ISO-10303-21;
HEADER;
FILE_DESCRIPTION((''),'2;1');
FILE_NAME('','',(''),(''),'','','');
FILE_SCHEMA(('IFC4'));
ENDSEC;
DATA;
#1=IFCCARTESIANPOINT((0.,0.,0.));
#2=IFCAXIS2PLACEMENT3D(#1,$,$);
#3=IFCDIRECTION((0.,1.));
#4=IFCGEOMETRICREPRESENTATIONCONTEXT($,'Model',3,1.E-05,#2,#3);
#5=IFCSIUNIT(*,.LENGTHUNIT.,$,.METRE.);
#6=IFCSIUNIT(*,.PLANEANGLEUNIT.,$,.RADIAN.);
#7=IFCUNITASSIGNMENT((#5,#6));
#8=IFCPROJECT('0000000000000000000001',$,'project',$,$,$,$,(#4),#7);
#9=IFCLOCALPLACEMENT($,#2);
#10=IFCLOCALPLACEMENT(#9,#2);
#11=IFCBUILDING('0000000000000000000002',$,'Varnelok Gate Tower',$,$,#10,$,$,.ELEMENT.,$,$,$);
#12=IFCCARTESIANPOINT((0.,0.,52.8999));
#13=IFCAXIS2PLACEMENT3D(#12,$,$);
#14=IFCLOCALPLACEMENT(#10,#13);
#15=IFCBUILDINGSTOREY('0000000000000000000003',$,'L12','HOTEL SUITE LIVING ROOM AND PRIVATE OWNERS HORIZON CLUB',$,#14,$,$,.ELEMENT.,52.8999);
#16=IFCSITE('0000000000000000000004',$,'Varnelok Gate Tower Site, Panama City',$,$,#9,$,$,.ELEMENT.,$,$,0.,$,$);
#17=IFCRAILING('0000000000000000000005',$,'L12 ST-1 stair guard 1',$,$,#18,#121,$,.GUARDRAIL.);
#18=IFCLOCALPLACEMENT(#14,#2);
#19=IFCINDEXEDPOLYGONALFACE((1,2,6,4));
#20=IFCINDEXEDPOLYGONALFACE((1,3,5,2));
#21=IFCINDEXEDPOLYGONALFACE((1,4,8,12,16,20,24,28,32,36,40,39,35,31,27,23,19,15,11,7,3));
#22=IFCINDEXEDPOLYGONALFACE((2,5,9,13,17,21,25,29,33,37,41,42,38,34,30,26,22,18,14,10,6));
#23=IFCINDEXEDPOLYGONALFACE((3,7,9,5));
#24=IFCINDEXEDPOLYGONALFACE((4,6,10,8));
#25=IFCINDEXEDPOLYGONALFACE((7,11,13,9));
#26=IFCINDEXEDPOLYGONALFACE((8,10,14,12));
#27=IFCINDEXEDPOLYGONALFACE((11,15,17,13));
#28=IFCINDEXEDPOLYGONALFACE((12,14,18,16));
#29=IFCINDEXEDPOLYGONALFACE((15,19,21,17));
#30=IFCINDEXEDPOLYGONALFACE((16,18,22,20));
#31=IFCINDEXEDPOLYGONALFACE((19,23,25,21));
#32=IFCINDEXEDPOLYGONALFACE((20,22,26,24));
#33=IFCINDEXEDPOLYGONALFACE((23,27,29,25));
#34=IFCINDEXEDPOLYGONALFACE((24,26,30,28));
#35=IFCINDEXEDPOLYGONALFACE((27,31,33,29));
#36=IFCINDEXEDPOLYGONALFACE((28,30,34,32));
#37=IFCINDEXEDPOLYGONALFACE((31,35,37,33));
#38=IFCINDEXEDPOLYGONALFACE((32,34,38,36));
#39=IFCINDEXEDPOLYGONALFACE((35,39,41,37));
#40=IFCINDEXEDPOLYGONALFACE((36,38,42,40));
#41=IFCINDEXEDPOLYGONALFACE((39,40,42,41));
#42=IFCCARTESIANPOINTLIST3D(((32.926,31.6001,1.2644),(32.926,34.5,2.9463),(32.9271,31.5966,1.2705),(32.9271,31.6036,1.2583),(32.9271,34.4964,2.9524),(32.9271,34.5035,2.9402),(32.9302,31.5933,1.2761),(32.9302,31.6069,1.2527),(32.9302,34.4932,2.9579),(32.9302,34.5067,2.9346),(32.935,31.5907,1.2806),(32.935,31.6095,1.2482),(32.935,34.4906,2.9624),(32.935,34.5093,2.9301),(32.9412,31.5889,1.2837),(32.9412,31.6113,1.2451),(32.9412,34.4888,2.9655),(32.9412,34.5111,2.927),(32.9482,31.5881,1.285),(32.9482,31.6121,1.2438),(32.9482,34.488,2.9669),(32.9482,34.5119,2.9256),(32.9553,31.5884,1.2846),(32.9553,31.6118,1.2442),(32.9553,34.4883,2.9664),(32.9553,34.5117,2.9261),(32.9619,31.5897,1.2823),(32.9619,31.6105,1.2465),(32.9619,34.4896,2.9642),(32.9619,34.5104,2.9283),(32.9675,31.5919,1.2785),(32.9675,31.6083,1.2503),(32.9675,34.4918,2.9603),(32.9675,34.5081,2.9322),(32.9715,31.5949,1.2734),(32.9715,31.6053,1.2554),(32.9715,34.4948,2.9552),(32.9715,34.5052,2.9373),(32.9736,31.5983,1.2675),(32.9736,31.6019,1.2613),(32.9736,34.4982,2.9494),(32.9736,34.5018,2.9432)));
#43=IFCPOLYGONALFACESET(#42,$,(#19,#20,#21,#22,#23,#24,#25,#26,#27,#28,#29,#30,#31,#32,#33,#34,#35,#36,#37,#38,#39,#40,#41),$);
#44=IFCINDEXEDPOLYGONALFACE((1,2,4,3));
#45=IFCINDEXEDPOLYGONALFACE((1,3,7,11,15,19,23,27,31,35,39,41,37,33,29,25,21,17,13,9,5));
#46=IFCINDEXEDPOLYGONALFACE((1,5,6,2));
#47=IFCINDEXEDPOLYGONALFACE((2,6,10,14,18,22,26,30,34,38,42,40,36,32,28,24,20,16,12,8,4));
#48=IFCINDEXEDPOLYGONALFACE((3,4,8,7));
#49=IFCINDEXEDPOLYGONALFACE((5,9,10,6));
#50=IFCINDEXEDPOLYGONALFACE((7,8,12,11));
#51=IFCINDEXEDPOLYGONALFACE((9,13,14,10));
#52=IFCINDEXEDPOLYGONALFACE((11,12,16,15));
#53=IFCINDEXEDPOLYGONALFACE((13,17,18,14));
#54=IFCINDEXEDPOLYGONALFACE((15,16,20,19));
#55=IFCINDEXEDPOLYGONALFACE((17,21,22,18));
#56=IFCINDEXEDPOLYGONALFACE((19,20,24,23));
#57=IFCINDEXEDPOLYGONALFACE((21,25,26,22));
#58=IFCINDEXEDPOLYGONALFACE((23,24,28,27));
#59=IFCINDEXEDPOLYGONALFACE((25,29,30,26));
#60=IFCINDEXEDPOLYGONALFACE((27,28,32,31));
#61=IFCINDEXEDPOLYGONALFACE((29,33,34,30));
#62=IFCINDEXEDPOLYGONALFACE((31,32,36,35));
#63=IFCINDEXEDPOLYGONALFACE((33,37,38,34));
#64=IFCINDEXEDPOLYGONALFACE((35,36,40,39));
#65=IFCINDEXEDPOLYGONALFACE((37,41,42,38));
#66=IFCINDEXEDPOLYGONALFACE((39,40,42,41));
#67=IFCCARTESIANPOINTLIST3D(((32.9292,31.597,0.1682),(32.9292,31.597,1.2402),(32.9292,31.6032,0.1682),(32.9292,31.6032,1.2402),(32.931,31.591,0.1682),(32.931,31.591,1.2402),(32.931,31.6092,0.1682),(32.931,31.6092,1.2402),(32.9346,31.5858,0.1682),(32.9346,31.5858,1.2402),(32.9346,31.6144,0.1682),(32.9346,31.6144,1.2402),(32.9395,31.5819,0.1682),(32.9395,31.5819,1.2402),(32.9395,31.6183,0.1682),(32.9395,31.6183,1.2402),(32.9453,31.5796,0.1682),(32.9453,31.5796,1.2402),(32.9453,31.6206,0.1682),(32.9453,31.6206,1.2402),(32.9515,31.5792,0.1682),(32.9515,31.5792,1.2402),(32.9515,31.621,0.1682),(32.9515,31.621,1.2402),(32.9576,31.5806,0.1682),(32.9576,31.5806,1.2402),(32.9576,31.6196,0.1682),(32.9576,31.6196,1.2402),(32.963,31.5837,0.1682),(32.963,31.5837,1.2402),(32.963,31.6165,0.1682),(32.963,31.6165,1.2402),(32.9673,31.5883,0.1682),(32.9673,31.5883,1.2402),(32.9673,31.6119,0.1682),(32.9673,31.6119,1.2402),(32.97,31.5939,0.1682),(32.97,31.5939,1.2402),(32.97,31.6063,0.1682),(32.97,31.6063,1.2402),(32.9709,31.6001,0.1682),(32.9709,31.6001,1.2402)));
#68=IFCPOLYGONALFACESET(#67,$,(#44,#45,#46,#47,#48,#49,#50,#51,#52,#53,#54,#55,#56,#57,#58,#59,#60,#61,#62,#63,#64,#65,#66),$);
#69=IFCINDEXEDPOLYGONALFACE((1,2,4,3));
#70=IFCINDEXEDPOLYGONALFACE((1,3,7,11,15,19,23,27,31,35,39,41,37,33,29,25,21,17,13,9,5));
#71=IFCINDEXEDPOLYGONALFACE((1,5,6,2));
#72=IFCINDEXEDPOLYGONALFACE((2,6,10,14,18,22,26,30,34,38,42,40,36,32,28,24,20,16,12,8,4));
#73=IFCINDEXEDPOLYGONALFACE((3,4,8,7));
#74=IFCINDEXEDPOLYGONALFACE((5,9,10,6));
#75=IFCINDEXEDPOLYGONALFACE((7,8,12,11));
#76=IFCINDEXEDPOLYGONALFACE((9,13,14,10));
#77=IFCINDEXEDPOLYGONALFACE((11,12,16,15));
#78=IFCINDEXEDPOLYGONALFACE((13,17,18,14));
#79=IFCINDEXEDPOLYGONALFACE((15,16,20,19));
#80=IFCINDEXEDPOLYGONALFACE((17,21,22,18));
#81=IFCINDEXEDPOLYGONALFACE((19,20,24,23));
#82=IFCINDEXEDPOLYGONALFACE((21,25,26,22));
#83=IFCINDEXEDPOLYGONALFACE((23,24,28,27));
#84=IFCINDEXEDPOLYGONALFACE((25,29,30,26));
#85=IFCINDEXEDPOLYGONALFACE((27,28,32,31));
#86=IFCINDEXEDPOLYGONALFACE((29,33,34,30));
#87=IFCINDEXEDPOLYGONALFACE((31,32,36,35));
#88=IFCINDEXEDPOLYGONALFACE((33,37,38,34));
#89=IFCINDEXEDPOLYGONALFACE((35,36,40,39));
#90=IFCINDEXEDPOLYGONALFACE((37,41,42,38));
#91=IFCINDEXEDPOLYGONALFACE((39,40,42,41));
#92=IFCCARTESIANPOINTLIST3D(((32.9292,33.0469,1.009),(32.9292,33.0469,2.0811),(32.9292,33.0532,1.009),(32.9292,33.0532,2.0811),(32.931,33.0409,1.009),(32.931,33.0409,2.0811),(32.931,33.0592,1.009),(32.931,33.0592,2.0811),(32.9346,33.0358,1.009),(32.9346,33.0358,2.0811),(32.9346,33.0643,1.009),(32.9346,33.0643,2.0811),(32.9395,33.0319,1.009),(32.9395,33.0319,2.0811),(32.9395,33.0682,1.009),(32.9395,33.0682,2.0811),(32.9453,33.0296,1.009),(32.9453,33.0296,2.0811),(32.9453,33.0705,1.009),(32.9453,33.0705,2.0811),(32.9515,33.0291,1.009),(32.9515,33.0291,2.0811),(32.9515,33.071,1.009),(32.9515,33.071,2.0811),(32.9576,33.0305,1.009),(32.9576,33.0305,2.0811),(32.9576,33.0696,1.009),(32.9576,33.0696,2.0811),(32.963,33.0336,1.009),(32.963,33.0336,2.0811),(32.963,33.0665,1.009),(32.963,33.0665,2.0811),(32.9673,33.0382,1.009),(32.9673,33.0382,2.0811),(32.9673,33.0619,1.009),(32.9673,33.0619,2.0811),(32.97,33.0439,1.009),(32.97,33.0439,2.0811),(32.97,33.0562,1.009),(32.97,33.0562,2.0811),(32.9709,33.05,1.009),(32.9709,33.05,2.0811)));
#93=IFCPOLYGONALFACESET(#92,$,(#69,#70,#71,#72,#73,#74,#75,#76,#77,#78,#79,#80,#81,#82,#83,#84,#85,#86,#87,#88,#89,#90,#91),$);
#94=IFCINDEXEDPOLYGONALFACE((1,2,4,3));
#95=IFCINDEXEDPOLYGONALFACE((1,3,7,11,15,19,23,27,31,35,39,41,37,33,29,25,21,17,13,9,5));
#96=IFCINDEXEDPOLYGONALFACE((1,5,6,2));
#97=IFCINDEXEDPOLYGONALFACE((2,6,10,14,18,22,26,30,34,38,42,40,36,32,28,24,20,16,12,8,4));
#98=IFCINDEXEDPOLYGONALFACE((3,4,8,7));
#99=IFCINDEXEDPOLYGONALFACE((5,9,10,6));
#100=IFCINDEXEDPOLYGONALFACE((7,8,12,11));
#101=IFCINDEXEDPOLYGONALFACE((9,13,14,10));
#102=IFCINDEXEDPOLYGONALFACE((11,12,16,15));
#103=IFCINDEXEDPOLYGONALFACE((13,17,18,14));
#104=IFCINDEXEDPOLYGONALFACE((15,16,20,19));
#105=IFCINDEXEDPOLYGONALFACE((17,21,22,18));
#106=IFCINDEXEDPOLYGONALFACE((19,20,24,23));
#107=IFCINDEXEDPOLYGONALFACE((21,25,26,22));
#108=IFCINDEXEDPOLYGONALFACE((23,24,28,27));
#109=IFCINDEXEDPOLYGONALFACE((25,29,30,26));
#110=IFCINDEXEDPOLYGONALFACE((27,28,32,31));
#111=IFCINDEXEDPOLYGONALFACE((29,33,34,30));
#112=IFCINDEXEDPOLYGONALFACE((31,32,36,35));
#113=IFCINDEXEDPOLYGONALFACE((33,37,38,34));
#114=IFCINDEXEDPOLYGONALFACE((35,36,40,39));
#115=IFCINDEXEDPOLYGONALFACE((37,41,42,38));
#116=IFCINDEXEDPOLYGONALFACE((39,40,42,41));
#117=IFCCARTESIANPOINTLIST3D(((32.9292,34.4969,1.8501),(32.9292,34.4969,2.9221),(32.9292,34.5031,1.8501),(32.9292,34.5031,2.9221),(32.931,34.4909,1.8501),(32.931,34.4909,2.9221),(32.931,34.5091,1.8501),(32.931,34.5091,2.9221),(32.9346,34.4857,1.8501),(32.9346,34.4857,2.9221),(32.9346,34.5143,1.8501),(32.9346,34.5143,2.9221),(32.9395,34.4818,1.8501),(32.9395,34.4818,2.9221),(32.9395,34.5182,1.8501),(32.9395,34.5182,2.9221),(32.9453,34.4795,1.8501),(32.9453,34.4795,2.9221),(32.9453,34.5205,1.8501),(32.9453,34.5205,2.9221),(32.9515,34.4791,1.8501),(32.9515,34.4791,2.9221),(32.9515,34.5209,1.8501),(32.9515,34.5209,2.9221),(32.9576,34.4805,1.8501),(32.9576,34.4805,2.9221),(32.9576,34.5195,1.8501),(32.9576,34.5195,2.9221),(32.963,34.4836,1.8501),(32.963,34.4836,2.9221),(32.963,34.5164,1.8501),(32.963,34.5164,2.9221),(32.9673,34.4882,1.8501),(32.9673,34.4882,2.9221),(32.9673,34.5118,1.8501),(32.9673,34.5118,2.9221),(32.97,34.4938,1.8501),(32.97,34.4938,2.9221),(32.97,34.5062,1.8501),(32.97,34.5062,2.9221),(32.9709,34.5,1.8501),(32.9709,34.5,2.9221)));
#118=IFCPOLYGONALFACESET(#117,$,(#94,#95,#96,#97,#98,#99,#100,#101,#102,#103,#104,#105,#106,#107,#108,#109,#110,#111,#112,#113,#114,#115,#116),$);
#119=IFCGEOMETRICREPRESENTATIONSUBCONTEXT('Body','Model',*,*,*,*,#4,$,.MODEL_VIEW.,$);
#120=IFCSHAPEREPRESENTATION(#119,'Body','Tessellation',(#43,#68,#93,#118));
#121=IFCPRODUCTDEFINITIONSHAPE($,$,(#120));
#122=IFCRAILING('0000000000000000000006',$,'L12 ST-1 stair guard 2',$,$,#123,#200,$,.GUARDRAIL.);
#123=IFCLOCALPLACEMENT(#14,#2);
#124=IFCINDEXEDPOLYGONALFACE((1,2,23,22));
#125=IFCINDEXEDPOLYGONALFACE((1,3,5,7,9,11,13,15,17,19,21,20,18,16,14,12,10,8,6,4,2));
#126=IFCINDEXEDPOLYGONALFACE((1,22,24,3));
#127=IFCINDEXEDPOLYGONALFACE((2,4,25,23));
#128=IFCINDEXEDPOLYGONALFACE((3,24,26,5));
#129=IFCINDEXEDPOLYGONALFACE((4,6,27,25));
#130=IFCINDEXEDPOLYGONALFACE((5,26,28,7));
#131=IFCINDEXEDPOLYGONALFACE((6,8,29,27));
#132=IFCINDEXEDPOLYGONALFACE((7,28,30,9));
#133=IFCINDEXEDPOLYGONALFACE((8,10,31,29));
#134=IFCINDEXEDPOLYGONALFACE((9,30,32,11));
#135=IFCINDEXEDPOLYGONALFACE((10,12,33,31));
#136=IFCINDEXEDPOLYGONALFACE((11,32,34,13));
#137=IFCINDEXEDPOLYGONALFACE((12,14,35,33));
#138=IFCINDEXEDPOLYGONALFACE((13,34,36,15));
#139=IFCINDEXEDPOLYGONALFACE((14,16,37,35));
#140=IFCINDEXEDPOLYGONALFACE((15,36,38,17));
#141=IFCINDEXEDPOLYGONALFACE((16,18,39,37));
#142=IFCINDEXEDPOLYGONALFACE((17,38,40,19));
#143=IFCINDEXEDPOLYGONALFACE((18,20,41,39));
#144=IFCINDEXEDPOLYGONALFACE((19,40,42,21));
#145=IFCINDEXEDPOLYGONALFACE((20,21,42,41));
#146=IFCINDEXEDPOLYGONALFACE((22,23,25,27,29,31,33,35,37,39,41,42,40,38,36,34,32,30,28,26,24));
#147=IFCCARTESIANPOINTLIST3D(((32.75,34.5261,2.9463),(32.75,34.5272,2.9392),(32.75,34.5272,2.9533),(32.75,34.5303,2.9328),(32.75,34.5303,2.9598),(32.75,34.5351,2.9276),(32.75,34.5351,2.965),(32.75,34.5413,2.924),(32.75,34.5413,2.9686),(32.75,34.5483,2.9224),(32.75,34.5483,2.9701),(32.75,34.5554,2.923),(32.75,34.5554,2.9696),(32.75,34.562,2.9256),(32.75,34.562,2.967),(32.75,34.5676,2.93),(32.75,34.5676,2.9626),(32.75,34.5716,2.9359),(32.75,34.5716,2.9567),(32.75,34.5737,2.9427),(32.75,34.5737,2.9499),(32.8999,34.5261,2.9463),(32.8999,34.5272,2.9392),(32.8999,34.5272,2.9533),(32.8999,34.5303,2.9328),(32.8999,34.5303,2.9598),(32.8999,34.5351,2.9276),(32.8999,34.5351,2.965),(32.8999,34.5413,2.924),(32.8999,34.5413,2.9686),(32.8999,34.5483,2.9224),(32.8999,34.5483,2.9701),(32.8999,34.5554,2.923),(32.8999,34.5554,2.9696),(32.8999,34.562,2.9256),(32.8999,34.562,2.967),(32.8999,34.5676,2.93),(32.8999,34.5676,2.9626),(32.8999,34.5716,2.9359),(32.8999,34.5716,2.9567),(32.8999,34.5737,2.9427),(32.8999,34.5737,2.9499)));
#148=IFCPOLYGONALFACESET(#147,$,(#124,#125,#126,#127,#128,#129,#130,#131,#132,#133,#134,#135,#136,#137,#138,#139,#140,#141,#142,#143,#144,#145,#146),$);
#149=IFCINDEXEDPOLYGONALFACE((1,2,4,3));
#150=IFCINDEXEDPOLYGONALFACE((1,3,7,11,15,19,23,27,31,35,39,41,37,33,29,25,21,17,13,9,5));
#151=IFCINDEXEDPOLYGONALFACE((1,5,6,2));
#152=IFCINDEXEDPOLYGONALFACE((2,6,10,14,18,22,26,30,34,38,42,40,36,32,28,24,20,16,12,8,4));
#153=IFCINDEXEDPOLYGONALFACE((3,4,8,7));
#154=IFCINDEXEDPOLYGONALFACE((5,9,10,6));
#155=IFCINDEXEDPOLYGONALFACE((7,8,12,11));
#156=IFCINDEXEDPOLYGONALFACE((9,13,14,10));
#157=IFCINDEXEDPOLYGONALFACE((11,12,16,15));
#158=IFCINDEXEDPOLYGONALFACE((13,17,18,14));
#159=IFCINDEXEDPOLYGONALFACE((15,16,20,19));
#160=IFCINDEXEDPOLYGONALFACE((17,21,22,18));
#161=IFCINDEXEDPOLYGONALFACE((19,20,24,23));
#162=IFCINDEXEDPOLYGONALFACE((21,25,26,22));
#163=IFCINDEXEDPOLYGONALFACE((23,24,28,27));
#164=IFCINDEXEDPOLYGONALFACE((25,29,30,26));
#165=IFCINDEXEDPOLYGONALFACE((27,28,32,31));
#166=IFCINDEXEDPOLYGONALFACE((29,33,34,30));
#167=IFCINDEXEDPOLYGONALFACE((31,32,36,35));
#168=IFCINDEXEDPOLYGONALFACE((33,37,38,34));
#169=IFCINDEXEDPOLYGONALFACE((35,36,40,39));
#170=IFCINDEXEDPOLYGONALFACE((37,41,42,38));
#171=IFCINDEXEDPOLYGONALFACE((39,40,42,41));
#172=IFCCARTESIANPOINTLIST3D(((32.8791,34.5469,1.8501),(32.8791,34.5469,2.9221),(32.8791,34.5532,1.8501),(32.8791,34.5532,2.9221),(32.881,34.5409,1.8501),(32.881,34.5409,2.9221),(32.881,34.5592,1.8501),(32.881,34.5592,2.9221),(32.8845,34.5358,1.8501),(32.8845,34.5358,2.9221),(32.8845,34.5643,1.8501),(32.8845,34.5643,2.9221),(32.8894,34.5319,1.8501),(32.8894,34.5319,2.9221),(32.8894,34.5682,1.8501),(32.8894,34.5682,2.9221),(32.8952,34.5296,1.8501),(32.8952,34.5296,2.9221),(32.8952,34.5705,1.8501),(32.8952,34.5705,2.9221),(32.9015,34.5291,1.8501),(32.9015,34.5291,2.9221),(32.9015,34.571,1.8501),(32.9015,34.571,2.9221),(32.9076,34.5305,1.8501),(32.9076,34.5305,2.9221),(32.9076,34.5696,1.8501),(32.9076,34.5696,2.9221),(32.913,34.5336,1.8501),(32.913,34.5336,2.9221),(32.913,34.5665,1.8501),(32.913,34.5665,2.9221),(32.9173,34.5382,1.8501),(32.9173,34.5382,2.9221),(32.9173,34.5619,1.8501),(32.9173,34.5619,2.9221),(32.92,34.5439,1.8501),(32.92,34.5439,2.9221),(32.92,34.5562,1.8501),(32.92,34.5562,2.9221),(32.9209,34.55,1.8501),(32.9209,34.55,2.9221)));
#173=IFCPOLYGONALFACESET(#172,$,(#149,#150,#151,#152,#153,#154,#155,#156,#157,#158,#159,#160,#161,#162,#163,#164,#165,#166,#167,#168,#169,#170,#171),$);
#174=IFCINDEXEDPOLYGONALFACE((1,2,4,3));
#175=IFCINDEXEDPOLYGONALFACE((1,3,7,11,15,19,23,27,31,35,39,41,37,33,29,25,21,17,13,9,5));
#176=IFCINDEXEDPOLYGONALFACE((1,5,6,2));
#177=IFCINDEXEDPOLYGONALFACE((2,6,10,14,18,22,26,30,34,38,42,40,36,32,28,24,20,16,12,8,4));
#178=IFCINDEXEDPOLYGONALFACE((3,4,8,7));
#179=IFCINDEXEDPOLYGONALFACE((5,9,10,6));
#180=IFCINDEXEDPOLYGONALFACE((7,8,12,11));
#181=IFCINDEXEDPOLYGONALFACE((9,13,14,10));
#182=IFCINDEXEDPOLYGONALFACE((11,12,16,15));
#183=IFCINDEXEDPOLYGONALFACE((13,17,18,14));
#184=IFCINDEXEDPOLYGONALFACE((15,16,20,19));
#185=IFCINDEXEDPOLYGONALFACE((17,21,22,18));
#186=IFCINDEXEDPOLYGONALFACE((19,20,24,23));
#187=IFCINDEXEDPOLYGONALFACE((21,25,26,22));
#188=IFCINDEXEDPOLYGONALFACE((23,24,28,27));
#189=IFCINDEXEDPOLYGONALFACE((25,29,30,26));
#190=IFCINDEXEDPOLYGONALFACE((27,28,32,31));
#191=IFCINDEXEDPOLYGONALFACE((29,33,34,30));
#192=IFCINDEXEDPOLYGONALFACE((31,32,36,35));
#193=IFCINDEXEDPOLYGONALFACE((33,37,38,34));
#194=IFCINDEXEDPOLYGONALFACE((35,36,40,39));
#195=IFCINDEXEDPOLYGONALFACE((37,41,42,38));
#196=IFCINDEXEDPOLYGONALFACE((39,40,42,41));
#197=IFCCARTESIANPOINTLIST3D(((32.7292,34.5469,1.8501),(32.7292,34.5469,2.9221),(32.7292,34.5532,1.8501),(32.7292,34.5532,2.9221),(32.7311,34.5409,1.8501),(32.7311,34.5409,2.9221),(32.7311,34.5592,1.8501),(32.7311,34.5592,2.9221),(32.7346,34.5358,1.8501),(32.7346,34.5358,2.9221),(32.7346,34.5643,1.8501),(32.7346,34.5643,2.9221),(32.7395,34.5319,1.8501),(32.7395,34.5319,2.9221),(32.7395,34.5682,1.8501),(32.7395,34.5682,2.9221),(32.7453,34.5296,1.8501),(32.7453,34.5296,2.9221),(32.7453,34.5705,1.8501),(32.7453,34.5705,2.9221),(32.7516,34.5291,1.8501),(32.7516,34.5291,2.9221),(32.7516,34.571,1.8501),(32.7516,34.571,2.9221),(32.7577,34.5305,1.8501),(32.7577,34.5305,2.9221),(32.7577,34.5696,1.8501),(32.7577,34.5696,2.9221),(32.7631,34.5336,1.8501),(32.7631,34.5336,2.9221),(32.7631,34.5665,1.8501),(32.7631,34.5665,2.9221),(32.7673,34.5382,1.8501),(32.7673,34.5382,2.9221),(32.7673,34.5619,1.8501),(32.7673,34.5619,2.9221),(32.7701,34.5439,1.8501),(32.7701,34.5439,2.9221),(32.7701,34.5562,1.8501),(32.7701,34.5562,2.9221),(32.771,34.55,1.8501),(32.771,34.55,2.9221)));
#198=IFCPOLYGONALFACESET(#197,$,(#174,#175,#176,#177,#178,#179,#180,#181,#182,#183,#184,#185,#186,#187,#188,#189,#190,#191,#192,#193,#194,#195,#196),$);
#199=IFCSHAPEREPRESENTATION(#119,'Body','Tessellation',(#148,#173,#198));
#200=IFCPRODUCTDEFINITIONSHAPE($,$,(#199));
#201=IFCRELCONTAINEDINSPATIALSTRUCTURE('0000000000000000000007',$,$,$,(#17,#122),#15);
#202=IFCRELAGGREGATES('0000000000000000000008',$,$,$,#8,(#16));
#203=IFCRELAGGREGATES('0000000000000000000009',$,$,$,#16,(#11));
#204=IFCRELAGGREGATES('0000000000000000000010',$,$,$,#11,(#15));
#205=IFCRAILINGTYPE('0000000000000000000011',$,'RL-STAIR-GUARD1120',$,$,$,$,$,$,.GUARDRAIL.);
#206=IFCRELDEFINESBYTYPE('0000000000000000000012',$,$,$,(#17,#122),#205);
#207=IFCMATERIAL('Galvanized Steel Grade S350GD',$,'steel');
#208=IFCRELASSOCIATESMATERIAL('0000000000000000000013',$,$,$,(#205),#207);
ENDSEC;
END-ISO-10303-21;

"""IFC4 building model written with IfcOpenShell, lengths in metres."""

from ifc_helpers import new_model, si_unit, direction, frame, origin, origin_2d, place, context, subcontext, project, spatial, circle, extrude, material, type_object, element, save


model = new_model("IFC4")

# Units and contexts
model_context = context("Model", 3, precision=1e-05, world=origin(), true_north=direction((0.0, 1.0)))
body_context = subcontext(model_context, "Body", "Model", "MODEL_VIEW")
ifc_project = project(units=[si_unit("LENGTHUNIT", "METRE"), si_unit("PLANEANGLEUNIT", "RADIAN")], contexts=[model_context])

# Site, building, storey
site_placement = place(None, origin())
site = spatial("IfcSite", under=ifc_project, at=site_placement, Name="Varnelok Gate Tower Site, Panama City", CompositionType="ELEMENT", RefElevation=0.0)
building_placement = place(site_placement, origin())
building = spatial("IfcBuilding", under=site, at=building_placement, Name="Varnelok Gate Tower", CompositionType="ELEMENT")
storey_placement = place(building_placement, frame((0.0, 0.0, 52.8999)))
storey = spatial("IfcBuildingStorey", under=building, at=storey_placement, Name="L12", Description="HOTEL SUITE LIVING ROOM AND PRIVATE OWNERS HORIZON CLUB", CompositionType="ELEMENT", Elevation=52.8999)

# Shared definitions
ifc_material_1 = material(Name="Galvanized Steel Grade S350GD", Category="steel")

# Railings
railing_type_1 = type_object("IfcRailingType", Name="RL-STAIR-GUARD1120", PredefinedType="GUARDRAIL", material=ifc_material_1)
railing_1_placement = place(storey_placement, frame((32.95, 31.6001, 0.1682)))
element("IfcRailing", 1, at=railing_1_placement, inside=storey, type_object=railing_type_1, Name="L12 ST-1 stair guard 1", PredefinedType="GUARDRAIL", context=body_context, shape_type="SweptSolid", body=[
    extrude(circle(Radius=0.0239, at=origin_2d()), frame((0.0, 0.0, 1.0962), z_axis=(0.0, 0.865039, 0.501705), x_axis=(-1.0, 0.0, 0.0)), (0.0, 0.0, 1.0), 3.3523),
    extrude(circle(Radius=0.021, at=origin_2d()), origin(), (0.0, 0.0, 1.0), 1.072),
    extrude(circle(Radius=0.021, at=origin_2d()), frame((0.0, 1.45, 0.8408)), (0.0, 0.0, 1.0), 1.072),
    extrude(circle(Radius=0.021, at=origin_2d()), frame((0.0, 2.8999, 1.6819)), (0.0, 0.0, 1.0), 1.072),
])
railing_2_placement = place(storey_placement, frame((32.8999, 34.55, 1.8501)))
element("IfcRailing", 2, at=railing_2_placement, inside=storey, type_object=railing_type_1, Name="L12 ST-1 stair guard 2", PredefinedType="GUARDRAIL", context=body_context, shape_type="SweptSolid", body=[
    extrude(circle(Radius=0.0239, at=origin_2d()), frame((0.0, 0.0, 1.0962), z_axis=(-1.0, 0.0, 0.0), x_axis=(0.0, -1.0, 0.0)), (0.0, 0.0, 1.0), 0.1499),
    extrude(circle(Radius=0.021, at=origin_2d()), origin(), (0.0, 0.0, 1.0), 1.072),
    extrude(circle(Radius=0.021, at=origin_2d()), frame((-0.1499, 0.0, 0.0)), (0.0, 0.0, 1.0), 1.072),
])

save(model, "model.ifc")
